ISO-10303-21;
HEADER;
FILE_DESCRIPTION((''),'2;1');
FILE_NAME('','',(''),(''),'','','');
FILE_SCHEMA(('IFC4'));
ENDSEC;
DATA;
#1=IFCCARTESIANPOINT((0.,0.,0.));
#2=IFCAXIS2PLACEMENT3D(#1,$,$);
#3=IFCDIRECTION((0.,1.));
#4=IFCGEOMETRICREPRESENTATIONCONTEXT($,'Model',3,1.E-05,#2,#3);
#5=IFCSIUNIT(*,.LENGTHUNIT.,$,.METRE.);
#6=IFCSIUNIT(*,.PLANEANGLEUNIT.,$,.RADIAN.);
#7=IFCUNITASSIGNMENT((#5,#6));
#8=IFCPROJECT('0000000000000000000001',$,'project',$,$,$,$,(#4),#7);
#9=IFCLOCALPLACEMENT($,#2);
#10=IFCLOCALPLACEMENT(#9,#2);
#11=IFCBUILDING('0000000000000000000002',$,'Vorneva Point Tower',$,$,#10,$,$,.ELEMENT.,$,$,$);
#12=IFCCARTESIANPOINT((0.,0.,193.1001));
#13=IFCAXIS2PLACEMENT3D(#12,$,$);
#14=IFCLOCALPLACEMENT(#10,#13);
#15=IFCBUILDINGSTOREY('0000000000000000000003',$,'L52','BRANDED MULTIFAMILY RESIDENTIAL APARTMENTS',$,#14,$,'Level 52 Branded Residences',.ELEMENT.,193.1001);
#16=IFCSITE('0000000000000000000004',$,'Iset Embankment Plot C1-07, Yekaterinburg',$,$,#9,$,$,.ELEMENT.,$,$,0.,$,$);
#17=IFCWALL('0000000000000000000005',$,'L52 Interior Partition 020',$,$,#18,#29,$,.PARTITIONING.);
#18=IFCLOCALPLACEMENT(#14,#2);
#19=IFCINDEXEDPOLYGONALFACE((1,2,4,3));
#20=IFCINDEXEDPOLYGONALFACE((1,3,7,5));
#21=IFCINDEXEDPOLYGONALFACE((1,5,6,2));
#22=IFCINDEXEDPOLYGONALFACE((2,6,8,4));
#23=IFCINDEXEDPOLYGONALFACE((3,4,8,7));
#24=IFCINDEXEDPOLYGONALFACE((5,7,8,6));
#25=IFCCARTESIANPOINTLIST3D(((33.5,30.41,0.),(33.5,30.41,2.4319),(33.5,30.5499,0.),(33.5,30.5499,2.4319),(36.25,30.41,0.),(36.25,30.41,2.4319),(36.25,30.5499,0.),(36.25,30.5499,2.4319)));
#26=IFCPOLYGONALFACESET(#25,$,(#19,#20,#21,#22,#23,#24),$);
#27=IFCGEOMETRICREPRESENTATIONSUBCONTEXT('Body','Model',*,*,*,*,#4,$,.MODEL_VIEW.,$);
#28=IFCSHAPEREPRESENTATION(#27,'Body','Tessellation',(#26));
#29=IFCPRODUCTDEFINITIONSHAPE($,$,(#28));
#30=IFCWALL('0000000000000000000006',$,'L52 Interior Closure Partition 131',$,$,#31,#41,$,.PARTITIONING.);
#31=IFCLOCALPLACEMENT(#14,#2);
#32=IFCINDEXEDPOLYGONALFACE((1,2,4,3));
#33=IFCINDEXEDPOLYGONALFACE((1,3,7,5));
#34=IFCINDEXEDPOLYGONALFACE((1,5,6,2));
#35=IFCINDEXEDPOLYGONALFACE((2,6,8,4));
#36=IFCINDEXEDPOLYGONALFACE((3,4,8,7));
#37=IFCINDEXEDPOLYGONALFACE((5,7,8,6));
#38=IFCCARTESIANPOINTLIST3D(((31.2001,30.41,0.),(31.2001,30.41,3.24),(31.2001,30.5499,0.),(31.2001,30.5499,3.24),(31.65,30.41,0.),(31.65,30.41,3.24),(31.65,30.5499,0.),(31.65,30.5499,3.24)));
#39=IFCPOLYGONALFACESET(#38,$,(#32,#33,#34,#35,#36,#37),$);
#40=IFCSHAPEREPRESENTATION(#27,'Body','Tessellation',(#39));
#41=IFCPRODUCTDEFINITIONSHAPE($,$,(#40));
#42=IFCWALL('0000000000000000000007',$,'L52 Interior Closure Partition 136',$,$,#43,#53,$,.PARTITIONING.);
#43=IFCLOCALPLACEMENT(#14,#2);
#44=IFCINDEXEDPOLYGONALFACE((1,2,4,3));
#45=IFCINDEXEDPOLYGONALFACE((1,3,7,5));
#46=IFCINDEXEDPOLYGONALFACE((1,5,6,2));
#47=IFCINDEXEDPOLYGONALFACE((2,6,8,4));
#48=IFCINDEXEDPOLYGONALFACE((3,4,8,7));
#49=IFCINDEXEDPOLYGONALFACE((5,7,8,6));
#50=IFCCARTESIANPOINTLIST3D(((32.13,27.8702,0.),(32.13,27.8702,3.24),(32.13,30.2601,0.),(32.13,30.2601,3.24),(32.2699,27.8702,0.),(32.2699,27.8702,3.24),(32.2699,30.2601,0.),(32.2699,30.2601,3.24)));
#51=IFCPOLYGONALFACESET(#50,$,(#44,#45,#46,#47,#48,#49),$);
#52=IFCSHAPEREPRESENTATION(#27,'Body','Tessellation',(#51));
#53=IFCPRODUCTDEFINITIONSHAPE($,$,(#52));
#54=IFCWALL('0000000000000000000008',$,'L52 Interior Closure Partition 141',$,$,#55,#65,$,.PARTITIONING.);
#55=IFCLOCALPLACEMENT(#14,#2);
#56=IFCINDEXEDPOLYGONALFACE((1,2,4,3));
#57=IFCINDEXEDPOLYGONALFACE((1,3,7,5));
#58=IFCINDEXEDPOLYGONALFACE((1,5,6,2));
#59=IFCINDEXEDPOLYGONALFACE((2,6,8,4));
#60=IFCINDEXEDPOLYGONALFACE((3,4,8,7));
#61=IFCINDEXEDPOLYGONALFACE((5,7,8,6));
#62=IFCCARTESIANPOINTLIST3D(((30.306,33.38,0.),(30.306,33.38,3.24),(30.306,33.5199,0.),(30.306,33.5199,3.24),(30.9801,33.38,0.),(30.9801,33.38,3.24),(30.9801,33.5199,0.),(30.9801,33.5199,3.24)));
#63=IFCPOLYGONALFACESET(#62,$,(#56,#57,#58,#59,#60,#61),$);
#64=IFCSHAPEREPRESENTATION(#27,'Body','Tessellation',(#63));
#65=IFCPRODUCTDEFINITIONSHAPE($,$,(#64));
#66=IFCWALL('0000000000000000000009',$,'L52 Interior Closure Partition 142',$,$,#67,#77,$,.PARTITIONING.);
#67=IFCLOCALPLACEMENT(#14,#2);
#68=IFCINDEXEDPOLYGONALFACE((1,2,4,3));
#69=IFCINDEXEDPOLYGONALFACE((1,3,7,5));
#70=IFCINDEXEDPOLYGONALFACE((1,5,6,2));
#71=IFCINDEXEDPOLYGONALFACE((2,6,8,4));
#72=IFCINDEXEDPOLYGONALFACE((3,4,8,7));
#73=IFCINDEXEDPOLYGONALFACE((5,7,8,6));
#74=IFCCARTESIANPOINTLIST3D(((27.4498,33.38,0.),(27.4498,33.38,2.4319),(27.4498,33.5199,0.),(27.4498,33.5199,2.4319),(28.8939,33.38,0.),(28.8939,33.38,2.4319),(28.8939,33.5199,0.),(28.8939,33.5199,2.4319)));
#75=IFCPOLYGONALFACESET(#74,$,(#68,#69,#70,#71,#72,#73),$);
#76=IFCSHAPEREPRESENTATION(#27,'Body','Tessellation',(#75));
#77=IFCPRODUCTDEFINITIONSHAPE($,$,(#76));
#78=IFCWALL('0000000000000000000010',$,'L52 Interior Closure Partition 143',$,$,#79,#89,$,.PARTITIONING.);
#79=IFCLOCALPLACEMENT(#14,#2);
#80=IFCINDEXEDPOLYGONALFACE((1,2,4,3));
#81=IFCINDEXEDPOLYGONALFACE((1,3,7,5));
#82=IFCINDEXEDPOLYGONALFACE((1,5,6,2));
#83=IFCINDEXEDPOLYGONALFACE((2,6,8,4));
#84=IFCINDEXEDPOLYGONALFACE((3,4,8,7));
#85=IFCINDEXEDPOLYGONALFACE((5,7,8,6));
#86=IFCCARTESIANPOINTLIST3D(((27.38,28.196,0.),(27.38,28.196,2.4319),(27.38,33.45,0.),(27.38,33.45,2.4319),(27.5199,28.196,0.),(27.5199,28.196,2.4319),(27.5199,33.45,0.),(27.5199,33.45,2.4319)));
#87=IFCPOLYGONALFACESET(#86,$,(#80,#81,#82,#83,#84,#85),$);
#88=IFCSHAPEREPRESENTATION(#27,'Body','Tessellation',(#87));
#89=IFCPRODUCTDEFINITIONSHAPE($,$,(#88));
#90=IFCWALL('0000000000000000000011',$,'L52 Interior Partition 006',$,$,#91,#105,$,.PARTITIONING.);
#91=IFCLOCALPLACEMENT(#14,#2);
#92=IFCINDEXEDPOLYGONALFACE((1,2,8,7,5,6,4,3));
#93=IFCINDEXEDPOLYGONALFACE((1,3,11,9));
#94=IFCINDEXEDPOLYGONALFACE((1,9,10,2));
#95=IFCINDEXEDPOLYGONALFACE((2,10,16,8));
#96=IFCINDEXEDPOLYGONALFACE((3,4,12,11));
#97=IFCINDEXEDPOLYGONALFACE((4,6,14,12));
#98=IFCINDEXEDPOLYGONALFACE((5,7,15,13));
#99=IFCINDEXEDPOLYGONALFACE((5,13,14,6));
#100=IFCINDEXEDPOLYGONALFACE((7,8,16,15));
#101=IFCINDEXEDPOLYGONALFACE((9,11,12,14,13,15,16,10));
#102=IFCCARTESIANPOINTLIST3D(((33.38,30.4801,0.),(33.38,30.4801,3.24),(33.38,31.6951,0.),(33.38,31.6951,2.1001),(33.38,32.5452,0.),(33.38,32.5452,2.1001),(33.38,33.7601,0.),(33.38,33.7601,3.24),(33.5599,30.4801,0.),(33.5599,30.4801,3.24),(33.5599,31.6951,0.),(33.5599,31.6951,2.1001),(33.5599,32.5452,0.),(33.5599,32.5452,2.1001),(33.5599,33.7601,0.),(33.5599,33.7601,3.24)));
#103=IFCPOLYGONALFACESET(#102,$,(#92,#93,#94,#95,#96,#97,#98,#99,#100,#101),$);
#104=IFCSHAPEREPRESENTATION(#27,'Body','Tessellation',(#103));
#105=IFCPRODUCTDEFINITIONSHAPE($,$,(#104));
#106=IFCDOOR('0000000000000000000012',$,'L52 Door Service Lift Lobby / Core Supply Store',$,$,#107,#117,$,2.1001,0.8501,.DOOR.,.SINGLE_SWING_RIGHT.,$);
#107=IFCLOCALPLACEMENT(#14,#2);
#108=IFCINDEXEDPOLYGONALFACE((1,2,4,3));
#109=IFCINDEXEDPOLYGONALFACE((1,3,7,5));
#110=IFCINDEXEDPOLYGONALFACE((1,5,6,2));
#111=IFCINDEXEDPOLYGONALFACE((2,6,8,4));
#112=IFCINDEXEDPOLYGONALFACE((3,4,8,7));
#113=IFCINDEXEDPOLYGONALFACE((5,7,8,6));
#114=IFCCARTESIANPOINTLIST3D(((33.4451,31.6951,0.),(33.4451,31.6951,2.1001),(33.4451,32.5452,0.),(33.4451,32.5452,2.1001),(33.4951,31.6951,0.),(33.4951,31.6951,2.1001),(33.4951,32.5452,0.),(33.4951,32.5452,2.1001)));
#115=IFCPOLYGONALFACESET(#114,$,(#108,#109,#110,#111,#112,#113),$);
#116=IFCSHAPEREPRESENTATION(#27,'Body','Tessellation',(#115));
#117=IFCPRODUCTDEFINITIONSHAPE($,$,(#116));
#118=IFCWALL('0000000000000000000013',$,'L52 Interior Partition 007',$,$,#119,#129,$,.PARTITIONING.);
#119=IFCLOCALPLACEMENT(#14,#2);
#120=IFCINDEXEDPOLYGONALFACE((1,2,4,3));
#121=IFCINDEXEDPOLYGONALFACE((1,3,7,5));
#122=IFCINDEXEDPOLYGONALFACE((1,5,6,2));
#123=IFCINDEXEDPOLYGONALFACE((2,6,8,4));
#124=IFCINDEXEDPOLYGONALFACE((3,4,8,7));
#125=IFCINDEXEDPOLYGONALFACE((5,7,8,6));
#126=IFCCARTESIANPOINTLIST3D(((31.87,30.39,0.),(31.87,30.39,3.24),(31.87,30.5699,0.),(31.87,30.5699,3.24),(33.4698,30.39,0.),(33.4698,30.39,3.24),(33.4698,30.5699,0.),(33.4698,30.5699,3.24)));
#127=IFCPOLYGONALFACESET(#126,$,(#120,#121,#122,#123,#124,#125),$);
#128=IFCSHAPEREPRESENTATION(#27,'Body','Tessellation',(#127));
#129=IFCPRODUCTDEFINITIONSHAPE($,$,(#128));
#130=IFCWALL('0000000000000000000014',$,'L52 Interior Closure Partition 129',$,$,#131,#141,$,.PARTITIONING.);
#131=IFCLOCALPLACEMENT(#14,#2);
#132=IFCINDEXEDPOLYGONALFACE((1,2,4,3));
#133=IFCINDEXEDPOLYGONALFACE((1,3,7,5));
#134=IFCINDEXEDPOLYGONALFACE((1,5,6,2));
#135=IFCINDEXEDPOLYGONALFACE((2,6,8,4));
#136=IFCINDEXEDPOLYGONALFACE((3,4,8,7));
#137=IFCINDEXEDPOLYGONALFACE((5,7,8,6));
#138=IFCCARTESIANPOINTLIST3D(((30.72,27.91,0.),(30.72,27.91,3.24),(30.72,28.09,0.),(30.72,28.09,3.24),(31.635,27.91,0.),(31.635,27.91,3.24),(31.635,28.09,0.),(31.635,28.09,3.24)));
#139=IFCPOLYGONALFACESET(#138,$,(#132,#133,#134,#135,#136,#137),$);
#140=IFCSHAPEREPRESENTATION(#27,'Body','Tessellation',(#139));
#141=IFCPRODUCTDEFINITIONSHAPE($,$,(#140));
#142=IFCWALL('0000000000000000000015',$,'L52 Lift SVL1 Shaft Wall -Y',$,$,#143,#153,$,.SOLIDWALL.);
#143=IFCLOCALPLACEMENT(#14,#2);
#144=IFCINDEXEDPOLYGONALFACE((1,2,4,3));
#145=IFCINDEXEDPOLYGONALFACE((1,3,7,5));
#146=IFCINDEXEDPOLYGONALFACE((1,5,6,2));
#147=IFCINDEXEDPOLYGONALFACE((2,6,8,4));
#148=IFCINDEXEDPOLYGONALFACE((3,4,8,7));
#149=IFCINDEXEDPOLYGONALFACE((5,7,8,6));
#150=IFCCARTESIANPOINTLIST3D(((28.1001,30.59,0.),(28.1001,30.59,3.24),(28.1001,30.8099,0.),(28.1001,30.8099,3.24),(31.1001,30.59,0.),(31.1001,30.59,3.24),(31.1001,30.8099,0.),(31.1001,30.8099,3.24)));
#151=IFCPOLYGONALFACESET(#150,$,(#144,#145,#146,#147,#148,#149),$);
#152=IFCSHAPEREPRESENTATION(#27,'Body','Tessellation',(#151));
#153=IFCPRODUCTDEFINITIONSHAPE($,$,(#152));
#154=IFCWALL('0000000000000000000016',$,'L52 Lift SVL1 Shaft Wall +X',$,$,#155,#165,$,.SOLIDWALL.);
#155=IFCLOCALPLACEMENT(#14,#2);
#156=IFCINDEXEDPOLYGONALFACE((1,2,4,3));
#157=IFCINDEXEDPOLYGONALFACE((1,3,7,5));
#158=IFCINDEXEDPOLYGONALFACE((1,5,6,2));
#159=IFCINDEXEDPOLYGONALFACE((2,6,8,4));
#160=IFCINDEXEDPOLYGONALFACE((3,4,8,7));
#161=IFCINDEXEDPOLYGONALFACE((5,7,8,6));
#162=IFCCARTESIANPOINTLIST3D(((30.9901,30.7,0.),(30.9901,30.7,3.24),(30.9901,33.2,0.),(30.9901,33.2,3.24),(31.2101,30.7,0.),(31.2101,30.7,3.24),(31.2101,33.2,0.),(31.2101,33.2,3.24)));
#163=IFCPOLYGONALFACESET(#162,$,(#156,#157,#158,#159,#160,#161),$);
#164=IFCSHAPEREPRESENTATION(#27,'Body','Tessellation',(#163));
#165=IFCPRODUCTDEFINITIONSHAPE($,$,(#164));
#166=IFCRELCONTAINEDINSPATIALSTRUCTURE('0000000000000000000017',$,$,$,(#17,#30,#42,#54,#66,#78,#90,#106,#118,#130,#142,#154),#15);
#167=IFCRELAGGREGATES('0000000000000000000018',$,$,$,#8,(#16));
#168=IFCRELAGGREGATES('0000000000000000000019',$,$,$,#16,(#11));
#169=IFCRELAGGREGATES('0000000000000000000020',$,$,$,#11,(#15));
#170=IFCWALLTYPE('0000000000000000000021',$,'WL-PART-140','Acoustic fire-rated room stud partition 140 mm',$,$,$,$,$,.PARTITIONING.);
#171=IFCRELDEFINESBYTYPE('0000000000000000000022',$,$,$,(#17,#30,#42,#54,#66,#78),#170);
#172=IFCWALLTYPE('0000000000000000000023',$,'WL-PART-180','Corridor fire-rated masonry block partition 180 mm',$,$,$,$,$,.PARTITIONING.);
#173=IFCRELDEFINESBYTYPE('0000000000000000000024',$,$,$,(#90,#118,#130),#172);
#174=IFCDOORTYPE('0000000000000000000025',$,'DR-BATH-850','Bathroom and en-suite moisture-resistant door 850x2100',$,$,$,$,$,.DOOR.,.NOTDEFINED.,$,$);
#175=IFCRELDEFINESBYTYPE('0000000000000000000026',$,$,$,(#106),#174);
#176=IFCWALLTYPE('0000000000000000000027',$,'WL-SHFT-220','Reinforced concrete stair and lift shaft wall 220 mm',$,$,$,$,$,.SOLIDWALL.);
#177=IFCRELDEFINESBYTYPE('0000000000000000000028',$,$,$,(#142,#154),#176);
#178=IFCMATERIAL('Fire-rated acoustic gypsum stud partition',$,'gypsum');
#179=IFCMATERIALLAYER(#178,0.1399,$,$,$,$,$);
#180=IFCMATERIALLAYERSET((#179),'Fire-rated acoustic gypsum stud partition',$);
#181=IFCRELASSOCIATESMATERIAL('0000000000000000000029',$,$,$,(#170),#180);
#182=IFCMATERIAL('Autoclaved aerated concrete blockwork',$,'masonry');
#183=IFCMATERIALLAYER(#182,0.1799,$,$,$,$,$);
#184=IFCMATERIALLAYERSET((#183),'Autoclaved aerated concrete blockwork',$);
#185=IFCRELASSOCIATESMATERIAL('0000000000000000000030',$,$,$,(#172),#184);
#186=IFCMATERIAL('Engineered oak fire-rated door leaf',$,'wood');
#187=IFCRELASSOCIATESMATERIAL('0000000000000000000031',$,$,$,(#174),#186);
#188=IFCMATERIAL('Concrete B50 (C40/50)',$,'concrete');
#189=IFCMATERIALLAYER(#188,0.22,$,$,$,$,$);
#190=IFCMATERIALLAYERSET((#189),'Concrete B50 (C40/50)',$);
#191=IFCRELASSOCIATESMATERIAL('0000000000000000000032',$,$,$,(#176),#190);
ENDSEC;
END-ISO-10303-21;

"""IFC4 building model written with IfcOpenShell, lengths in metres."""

from ifc_helpers import new_model, si_unit, direction, frame, frame_2d, origin, place, context, subcontext, project, spatial, rectangle, extrude, material, layer, layer_set, type_object, element, fill, save


model = new_model("IFC4")

# Units and contexts
model_context = context("Model", 3, precision=1e-05, world=origin(), true_north=direction((0.0, 1.0)))
body_context = subcontext(model_context, "Body", "Model", "MODEL_VIEW")
ifc_project = project(units=[si_unit("LENGTHUNIT", "METRE"), si_unit("PLANEANGLEUNIT", "RADIAN")], contexts=[model_context])

# Site, building, storey
site_placement = place(None, origin())
site = spatial("IfcSite", under=ifc_project, at=site_placement, Name="Iset Embankment Plot C1-07, Yekaterinburg", CompositionType="ELEMENT", RefElevation=0.0)
building_placement = place(site_placement, origin())
building = spatial("IfcBuilding", under=site, at=building_placement, Name="Vorneva Point Tower", CompositionType="ELEMENT")
storey_placement = place(building_placement, frame((0.0, 0.0, 193.1001)))
storey = spatial("IfcBuildingStorey", under=building, at=storey_placement, Name="L52", Description="BRANDED MULTIFAMILY RESIDENTIAL APARTMENTS", LongName="Level 52 Branded Residences", CompositionType="ELEMENT", Elevation=193.1001)

# Shared definitions
ifc_material_1 = material(Name="Concrete B50 (C40/50)", Category="concrete")

# Walls
ifc_material_2 = material(Name="Fire-rated acoustic gypsum stud partition", Category="gypsum")
ifc_layer_1 = layer(ifc_material_2, 0.1399)
ifc_layer_set_1 = layer_set([ifc_layer_1], Name="Fire-rated acoustic gypsum stud partition")
wall_type_1 = type_object("IfcWallType", Name="WL-PART-140", Description="Acoustic fire-rated room stud partition 140 mm", PredefinedType="PARTITIONING", material=ifc_layer_set_1)
wall_1_placement = place(storey_placement, frame((33.5, 30.48, 0.0), z_axis=(0.0, 0.0, 1.0), x_axis=(1.0, 0.0, 0.0)))
element("IfcWall", 1, at=wall_1_placement, inside=storey, type_object=wall_type_1, Name="L52 Interior Partition 020", PredefinedType="PARTITIONING", context=body_context, shape_type="SweptSolid", body=[
    extrude(rectangle(XDim=2.75, YDim=0.1399, at=frame_2d((1.375, 0.0))), origin(), (0.0, 0.0, 1.0), 2.4319),
])
wall_2_placement = place(storey_placement, frame((31.2, 30.48, 0.0), z_axis=(0.0, 0.0, 1.0), x_axis=(1.0, 0.0, 0.0)))
element("IfcWall", 2, at=wall_2_placement, inside=storey, type_object=wall_type_1, Name="L52 Interior Closure Partition 131", PredefinedType="PARTITIONING", context=body_context, shape_type="SweptSolid", body=[
    extrude(rectangle(XDim=0.45, YDim=0.1399, at=frame_2d((0.2251, 0.0))), origin(), (0.0, 0.0, 1.0), 3.24),
])
wall_3_placement = place(storey_placement, frame((32.2, 30.26, 0.0), z_axis=(0.0, 0.0, 1.0), x_axis=(0.0, -1.0, 0.0)))
element("IfcWall", 3, at=wall_3_placement, inside=storey, type_object=wall_type_1, Name="L52 Interior Closure Partition 136", PredefinedType="PARTITIONING", context=body_context, shape_type="SweptSolid", body=[
    extrude(rectangle(XDim=2.3899, YDim=0.1399, at=frame_2d((1.1948, 0.0))), origin(), (0.0, 0.0, 1.0), 3.24),
])
wall_4_placement = place(storey_placement, frame((30.98, 33.45, 0.0), z_axis=(0.0, 0.0, 1.0), x_axis=(-1.0, 0.0, 0.0)))
element("IfcWall", 4, at=wall_4_placement, inside=storey, type_object=wall_type_1, Name="L52 Interior Closure Partition 141", PredefinedType="PARTITIONING", context=body_context, shape_type="SweptSolid", body=[
    extrude(rectangle(XDim=0.6741, YDim=0.1399, at=frame_2d((0.3369, 0.0))), origin(), (0.0, 0.0, 1.0), 3.24),
])
wall_5_placement = place(storey_placement, frame((28.894, 33.45, 0.0), z_axis=(0.0, 0.0, 1.0), x_axis=(-1.0, 0.0, 0.0)))
element("IfcWall", 5, at=wall_5_placement, inside=storey, type_object=wall_type_1, Name="L52 Interior Closure Partition 142", PredefinedType="PARTITIONING", context=body_context, shape_type="SweptSolid", body=[
    extrude(rectangle(XDim=1.4441, YDim=0.1399, at=frame_2d((0.7222, 0.0))), origin(), (0.0, 0.0, 1.0), 2.4319),
])
wall_6_placement = place(storey_placement, frame((27.45, 33.45, 0.0), z_axis=(0.0, 0.0, 1.0), x_axis=(0.0, -1.0, 0.0)))
element("IfcWall", 6, at=wall_6_placement, inside=storey, type_object=wall_type_1, Name="L52 Interior Closure Partition 143", PredefinedType="PARTITIONING", context=body_context, shape_type="SweptSolid", body=[
    extrude(rectangle(XDim=5.2539, YDim=0.1399, at=frame_2d((2.627, 0.0))), origin(), (0.0, 0.0, 1.0), 2.4319),
])

# Wall, opening, door
ifc_material_3 = material(Name="Autoclaved aerated concrete blockwork", Category="masonry")
ifc_layer_2 = layer(ifc_material_3, 0.1799)
ifc_layer_set_2 = layer_set([ifc_layer_2], Name="Autoclaved aerated concrete blockwork")
wall_type_2 = type_object("IfcWallType", Name="WL-PART-180", Description="Corridor fire-rated masonry block partition 180 mm", PredefinedType="PARTITIONING", material=ifc_layer_set_2)
wall_7_placement = place(storey_placement, frame((33.47, 30.48, 0.0), z_axis=(0.0, 0.0, 1.0), x_axis=(0.0, 1.0, 0.0)))
wall_7 = element("IfcWall", 7, at=wall_7_placement, inside=storey, type_object=wall_type_2, Name="L52 Interior Partition 006", PredefinedType="PARTITIONING", context=body_context, shape_type="SweptSolid", body=[
    extrude(rectangle(XDim=3.28, YDim=0.1799, at=frame_2d((1.6401, 0.0))), origin(), (0.0, 0.0, 1.0), 3.24),
])
opening_1_placement = place(wall_7_placement, frame((1.2151, 0.0, 0.0)))
opening_1 = element("IfcOpeningElement", 8, at=opening_1_placement, cuts=wall_7, PredefinedType="OPENING", context=body_context, shape_type="SweptSolid", body=[
    extrude(rectangle(XDim=0.8501, YDim=2.1001, at=frame_2d((0.425, 1.05))), frame((0.0, 0.105, 0.0), z_axis=(0.0, -1.0, 0.0), x_axis=(1.0, 0.0, 0.0)), (0.0, 0.0, 1.0), 0.2097),
])
ifc_material_4 = material(Name="Engineered oak fire-rated door leaf", Category="wood")
door_type_1 = type_object("IfcDoorType", Name="DR-BATH-850", Description="Bathroom and en-suite moisture-resistant door 850x2100", OperationType="NOTDEFINED", PredefinedType="DOOR", material=ifc_material_4)
door_1_placement = place(opening_1_placement, origin())
door_1 = element("IfcDoor", 9, at=door_1_placement, inside=storey, type_object=door_type_1, Name="L52 Door Service Lift Lobby / Core Supply Store", OperationType="SINGLE_SWING_RIGHT", OverallHeight=2.1001, OverallWidth=0.8501, PredefinedType="DOOR", context=body_context, shape_type="SweptSolid", body=[
    extrude(rectangle(XDim=0.8501, YDim=2.1001, at=frame_2d((0.425, 1.05))), frame((0.0, 0.0249, 0.0), z_axis=(0.0, -1.0, 0.0), x_axis=(1.0, 0.0, 0.0)), (0.0, 0.0, 1.0), 0.05),
])
fill(opening_1, door_1)

# Walls
wall_8_placement = place(storey_placement, frame((31.8701, 30.48, 0.0), z_axis=(0.0, 0.0, 1.0), x_axis=(1.0, 0.0, 0.0)))
element("IfcWall", 10, at=wall_8_placement, inside=storey, type_object=wall_type_2, Name="L52 Interior Partition 007", PredefinedType="PARTITIONING", context=body_context, shape_type="SweptSolid", body=[
    extrude(rectangle(XDim=1.5999, YDim=0.1799, at=frame_2d((0.7998, 0.0))), origin(), (0.0, 0.0, 1.0), 3.24),
])
wall_9_placement = place(storey_placement, frame((31.635, 28.0, 0.0), z_axis=(0.0, 0.0, 1.0), x_axis=(-1.0, 0.0, 0.0)))
element("IfcWall", 11, at=wall_9_placement, inside=storey, type_object=wall_type_2, Name="L52 Interior Closure Partition 129", PredefinedType="PARTITIONING", context=body_context, shape_type="SweptSolid", body=[
    extrude(rectangle(XDim=0.915, YDim=0.1799, at=frame_2d((0.4575, 0.0))), origin(), (0.0, 0.0, 1.0), 3.24),
])
ifc_layer_3 = layer(ifc_material_1, 0.22)
ifc_layer_set_3 = layer_set([ifc_layer_3], Name="Concrete B50 (C40/50)")
wall_type_3 = type_object("IfcWallType", Name="WL-SHFT-220", Description="Reinforced concrete stair and lift shaft wall 220 mm", PredefinedType="SOLIDWALL", material=ifc_layer_set_3)
wall_10_placement = place(storey_placement, frame((28.1001, 30.7, 0.0), z_axis=(0.0, 0.0, 1.0), x_axis=(1.0, 0.0, 0.0)))
element("IfcWall", 12, at=wall_10_placement, inside=storey, type_object=wall_type_3, Name="L52 Lift SVL1 Shaft Wall -Y", PredefinedType="SOLIDWALL", context=body_context, shape_type="SweptSolid", body=[
    extrude(rectangle(XDim=3.0, YDim=0.22, at=frame_2d((1.5, 0.0))), origin(), (0.0, 0.0, 1.0), 3.24),
])
wall_11_placement = place(storey_placement, frame((31.1001, 30.7, 0.0), z_axis=(0.0, 0.0, 1.0), x_axis=(0.0, 1.0, 0.0)))
element("IfcWall", 13, at=wall_11_placement, inside=storey, type_object=wall_type_3, Name="L52 Lift SVL1 Shaft Wall +X", PredefinedType="SOLIDWALL", context=body_context, shape_type="SweptSolid", body=[
    extrude(rectangle(XDim=2.5, YDim=0.22, at=frame_2d((1.25, 0.0))), origin(), (0.0, 0.0, 1.0), 3.24),
])

save(model, "model.ifc")
